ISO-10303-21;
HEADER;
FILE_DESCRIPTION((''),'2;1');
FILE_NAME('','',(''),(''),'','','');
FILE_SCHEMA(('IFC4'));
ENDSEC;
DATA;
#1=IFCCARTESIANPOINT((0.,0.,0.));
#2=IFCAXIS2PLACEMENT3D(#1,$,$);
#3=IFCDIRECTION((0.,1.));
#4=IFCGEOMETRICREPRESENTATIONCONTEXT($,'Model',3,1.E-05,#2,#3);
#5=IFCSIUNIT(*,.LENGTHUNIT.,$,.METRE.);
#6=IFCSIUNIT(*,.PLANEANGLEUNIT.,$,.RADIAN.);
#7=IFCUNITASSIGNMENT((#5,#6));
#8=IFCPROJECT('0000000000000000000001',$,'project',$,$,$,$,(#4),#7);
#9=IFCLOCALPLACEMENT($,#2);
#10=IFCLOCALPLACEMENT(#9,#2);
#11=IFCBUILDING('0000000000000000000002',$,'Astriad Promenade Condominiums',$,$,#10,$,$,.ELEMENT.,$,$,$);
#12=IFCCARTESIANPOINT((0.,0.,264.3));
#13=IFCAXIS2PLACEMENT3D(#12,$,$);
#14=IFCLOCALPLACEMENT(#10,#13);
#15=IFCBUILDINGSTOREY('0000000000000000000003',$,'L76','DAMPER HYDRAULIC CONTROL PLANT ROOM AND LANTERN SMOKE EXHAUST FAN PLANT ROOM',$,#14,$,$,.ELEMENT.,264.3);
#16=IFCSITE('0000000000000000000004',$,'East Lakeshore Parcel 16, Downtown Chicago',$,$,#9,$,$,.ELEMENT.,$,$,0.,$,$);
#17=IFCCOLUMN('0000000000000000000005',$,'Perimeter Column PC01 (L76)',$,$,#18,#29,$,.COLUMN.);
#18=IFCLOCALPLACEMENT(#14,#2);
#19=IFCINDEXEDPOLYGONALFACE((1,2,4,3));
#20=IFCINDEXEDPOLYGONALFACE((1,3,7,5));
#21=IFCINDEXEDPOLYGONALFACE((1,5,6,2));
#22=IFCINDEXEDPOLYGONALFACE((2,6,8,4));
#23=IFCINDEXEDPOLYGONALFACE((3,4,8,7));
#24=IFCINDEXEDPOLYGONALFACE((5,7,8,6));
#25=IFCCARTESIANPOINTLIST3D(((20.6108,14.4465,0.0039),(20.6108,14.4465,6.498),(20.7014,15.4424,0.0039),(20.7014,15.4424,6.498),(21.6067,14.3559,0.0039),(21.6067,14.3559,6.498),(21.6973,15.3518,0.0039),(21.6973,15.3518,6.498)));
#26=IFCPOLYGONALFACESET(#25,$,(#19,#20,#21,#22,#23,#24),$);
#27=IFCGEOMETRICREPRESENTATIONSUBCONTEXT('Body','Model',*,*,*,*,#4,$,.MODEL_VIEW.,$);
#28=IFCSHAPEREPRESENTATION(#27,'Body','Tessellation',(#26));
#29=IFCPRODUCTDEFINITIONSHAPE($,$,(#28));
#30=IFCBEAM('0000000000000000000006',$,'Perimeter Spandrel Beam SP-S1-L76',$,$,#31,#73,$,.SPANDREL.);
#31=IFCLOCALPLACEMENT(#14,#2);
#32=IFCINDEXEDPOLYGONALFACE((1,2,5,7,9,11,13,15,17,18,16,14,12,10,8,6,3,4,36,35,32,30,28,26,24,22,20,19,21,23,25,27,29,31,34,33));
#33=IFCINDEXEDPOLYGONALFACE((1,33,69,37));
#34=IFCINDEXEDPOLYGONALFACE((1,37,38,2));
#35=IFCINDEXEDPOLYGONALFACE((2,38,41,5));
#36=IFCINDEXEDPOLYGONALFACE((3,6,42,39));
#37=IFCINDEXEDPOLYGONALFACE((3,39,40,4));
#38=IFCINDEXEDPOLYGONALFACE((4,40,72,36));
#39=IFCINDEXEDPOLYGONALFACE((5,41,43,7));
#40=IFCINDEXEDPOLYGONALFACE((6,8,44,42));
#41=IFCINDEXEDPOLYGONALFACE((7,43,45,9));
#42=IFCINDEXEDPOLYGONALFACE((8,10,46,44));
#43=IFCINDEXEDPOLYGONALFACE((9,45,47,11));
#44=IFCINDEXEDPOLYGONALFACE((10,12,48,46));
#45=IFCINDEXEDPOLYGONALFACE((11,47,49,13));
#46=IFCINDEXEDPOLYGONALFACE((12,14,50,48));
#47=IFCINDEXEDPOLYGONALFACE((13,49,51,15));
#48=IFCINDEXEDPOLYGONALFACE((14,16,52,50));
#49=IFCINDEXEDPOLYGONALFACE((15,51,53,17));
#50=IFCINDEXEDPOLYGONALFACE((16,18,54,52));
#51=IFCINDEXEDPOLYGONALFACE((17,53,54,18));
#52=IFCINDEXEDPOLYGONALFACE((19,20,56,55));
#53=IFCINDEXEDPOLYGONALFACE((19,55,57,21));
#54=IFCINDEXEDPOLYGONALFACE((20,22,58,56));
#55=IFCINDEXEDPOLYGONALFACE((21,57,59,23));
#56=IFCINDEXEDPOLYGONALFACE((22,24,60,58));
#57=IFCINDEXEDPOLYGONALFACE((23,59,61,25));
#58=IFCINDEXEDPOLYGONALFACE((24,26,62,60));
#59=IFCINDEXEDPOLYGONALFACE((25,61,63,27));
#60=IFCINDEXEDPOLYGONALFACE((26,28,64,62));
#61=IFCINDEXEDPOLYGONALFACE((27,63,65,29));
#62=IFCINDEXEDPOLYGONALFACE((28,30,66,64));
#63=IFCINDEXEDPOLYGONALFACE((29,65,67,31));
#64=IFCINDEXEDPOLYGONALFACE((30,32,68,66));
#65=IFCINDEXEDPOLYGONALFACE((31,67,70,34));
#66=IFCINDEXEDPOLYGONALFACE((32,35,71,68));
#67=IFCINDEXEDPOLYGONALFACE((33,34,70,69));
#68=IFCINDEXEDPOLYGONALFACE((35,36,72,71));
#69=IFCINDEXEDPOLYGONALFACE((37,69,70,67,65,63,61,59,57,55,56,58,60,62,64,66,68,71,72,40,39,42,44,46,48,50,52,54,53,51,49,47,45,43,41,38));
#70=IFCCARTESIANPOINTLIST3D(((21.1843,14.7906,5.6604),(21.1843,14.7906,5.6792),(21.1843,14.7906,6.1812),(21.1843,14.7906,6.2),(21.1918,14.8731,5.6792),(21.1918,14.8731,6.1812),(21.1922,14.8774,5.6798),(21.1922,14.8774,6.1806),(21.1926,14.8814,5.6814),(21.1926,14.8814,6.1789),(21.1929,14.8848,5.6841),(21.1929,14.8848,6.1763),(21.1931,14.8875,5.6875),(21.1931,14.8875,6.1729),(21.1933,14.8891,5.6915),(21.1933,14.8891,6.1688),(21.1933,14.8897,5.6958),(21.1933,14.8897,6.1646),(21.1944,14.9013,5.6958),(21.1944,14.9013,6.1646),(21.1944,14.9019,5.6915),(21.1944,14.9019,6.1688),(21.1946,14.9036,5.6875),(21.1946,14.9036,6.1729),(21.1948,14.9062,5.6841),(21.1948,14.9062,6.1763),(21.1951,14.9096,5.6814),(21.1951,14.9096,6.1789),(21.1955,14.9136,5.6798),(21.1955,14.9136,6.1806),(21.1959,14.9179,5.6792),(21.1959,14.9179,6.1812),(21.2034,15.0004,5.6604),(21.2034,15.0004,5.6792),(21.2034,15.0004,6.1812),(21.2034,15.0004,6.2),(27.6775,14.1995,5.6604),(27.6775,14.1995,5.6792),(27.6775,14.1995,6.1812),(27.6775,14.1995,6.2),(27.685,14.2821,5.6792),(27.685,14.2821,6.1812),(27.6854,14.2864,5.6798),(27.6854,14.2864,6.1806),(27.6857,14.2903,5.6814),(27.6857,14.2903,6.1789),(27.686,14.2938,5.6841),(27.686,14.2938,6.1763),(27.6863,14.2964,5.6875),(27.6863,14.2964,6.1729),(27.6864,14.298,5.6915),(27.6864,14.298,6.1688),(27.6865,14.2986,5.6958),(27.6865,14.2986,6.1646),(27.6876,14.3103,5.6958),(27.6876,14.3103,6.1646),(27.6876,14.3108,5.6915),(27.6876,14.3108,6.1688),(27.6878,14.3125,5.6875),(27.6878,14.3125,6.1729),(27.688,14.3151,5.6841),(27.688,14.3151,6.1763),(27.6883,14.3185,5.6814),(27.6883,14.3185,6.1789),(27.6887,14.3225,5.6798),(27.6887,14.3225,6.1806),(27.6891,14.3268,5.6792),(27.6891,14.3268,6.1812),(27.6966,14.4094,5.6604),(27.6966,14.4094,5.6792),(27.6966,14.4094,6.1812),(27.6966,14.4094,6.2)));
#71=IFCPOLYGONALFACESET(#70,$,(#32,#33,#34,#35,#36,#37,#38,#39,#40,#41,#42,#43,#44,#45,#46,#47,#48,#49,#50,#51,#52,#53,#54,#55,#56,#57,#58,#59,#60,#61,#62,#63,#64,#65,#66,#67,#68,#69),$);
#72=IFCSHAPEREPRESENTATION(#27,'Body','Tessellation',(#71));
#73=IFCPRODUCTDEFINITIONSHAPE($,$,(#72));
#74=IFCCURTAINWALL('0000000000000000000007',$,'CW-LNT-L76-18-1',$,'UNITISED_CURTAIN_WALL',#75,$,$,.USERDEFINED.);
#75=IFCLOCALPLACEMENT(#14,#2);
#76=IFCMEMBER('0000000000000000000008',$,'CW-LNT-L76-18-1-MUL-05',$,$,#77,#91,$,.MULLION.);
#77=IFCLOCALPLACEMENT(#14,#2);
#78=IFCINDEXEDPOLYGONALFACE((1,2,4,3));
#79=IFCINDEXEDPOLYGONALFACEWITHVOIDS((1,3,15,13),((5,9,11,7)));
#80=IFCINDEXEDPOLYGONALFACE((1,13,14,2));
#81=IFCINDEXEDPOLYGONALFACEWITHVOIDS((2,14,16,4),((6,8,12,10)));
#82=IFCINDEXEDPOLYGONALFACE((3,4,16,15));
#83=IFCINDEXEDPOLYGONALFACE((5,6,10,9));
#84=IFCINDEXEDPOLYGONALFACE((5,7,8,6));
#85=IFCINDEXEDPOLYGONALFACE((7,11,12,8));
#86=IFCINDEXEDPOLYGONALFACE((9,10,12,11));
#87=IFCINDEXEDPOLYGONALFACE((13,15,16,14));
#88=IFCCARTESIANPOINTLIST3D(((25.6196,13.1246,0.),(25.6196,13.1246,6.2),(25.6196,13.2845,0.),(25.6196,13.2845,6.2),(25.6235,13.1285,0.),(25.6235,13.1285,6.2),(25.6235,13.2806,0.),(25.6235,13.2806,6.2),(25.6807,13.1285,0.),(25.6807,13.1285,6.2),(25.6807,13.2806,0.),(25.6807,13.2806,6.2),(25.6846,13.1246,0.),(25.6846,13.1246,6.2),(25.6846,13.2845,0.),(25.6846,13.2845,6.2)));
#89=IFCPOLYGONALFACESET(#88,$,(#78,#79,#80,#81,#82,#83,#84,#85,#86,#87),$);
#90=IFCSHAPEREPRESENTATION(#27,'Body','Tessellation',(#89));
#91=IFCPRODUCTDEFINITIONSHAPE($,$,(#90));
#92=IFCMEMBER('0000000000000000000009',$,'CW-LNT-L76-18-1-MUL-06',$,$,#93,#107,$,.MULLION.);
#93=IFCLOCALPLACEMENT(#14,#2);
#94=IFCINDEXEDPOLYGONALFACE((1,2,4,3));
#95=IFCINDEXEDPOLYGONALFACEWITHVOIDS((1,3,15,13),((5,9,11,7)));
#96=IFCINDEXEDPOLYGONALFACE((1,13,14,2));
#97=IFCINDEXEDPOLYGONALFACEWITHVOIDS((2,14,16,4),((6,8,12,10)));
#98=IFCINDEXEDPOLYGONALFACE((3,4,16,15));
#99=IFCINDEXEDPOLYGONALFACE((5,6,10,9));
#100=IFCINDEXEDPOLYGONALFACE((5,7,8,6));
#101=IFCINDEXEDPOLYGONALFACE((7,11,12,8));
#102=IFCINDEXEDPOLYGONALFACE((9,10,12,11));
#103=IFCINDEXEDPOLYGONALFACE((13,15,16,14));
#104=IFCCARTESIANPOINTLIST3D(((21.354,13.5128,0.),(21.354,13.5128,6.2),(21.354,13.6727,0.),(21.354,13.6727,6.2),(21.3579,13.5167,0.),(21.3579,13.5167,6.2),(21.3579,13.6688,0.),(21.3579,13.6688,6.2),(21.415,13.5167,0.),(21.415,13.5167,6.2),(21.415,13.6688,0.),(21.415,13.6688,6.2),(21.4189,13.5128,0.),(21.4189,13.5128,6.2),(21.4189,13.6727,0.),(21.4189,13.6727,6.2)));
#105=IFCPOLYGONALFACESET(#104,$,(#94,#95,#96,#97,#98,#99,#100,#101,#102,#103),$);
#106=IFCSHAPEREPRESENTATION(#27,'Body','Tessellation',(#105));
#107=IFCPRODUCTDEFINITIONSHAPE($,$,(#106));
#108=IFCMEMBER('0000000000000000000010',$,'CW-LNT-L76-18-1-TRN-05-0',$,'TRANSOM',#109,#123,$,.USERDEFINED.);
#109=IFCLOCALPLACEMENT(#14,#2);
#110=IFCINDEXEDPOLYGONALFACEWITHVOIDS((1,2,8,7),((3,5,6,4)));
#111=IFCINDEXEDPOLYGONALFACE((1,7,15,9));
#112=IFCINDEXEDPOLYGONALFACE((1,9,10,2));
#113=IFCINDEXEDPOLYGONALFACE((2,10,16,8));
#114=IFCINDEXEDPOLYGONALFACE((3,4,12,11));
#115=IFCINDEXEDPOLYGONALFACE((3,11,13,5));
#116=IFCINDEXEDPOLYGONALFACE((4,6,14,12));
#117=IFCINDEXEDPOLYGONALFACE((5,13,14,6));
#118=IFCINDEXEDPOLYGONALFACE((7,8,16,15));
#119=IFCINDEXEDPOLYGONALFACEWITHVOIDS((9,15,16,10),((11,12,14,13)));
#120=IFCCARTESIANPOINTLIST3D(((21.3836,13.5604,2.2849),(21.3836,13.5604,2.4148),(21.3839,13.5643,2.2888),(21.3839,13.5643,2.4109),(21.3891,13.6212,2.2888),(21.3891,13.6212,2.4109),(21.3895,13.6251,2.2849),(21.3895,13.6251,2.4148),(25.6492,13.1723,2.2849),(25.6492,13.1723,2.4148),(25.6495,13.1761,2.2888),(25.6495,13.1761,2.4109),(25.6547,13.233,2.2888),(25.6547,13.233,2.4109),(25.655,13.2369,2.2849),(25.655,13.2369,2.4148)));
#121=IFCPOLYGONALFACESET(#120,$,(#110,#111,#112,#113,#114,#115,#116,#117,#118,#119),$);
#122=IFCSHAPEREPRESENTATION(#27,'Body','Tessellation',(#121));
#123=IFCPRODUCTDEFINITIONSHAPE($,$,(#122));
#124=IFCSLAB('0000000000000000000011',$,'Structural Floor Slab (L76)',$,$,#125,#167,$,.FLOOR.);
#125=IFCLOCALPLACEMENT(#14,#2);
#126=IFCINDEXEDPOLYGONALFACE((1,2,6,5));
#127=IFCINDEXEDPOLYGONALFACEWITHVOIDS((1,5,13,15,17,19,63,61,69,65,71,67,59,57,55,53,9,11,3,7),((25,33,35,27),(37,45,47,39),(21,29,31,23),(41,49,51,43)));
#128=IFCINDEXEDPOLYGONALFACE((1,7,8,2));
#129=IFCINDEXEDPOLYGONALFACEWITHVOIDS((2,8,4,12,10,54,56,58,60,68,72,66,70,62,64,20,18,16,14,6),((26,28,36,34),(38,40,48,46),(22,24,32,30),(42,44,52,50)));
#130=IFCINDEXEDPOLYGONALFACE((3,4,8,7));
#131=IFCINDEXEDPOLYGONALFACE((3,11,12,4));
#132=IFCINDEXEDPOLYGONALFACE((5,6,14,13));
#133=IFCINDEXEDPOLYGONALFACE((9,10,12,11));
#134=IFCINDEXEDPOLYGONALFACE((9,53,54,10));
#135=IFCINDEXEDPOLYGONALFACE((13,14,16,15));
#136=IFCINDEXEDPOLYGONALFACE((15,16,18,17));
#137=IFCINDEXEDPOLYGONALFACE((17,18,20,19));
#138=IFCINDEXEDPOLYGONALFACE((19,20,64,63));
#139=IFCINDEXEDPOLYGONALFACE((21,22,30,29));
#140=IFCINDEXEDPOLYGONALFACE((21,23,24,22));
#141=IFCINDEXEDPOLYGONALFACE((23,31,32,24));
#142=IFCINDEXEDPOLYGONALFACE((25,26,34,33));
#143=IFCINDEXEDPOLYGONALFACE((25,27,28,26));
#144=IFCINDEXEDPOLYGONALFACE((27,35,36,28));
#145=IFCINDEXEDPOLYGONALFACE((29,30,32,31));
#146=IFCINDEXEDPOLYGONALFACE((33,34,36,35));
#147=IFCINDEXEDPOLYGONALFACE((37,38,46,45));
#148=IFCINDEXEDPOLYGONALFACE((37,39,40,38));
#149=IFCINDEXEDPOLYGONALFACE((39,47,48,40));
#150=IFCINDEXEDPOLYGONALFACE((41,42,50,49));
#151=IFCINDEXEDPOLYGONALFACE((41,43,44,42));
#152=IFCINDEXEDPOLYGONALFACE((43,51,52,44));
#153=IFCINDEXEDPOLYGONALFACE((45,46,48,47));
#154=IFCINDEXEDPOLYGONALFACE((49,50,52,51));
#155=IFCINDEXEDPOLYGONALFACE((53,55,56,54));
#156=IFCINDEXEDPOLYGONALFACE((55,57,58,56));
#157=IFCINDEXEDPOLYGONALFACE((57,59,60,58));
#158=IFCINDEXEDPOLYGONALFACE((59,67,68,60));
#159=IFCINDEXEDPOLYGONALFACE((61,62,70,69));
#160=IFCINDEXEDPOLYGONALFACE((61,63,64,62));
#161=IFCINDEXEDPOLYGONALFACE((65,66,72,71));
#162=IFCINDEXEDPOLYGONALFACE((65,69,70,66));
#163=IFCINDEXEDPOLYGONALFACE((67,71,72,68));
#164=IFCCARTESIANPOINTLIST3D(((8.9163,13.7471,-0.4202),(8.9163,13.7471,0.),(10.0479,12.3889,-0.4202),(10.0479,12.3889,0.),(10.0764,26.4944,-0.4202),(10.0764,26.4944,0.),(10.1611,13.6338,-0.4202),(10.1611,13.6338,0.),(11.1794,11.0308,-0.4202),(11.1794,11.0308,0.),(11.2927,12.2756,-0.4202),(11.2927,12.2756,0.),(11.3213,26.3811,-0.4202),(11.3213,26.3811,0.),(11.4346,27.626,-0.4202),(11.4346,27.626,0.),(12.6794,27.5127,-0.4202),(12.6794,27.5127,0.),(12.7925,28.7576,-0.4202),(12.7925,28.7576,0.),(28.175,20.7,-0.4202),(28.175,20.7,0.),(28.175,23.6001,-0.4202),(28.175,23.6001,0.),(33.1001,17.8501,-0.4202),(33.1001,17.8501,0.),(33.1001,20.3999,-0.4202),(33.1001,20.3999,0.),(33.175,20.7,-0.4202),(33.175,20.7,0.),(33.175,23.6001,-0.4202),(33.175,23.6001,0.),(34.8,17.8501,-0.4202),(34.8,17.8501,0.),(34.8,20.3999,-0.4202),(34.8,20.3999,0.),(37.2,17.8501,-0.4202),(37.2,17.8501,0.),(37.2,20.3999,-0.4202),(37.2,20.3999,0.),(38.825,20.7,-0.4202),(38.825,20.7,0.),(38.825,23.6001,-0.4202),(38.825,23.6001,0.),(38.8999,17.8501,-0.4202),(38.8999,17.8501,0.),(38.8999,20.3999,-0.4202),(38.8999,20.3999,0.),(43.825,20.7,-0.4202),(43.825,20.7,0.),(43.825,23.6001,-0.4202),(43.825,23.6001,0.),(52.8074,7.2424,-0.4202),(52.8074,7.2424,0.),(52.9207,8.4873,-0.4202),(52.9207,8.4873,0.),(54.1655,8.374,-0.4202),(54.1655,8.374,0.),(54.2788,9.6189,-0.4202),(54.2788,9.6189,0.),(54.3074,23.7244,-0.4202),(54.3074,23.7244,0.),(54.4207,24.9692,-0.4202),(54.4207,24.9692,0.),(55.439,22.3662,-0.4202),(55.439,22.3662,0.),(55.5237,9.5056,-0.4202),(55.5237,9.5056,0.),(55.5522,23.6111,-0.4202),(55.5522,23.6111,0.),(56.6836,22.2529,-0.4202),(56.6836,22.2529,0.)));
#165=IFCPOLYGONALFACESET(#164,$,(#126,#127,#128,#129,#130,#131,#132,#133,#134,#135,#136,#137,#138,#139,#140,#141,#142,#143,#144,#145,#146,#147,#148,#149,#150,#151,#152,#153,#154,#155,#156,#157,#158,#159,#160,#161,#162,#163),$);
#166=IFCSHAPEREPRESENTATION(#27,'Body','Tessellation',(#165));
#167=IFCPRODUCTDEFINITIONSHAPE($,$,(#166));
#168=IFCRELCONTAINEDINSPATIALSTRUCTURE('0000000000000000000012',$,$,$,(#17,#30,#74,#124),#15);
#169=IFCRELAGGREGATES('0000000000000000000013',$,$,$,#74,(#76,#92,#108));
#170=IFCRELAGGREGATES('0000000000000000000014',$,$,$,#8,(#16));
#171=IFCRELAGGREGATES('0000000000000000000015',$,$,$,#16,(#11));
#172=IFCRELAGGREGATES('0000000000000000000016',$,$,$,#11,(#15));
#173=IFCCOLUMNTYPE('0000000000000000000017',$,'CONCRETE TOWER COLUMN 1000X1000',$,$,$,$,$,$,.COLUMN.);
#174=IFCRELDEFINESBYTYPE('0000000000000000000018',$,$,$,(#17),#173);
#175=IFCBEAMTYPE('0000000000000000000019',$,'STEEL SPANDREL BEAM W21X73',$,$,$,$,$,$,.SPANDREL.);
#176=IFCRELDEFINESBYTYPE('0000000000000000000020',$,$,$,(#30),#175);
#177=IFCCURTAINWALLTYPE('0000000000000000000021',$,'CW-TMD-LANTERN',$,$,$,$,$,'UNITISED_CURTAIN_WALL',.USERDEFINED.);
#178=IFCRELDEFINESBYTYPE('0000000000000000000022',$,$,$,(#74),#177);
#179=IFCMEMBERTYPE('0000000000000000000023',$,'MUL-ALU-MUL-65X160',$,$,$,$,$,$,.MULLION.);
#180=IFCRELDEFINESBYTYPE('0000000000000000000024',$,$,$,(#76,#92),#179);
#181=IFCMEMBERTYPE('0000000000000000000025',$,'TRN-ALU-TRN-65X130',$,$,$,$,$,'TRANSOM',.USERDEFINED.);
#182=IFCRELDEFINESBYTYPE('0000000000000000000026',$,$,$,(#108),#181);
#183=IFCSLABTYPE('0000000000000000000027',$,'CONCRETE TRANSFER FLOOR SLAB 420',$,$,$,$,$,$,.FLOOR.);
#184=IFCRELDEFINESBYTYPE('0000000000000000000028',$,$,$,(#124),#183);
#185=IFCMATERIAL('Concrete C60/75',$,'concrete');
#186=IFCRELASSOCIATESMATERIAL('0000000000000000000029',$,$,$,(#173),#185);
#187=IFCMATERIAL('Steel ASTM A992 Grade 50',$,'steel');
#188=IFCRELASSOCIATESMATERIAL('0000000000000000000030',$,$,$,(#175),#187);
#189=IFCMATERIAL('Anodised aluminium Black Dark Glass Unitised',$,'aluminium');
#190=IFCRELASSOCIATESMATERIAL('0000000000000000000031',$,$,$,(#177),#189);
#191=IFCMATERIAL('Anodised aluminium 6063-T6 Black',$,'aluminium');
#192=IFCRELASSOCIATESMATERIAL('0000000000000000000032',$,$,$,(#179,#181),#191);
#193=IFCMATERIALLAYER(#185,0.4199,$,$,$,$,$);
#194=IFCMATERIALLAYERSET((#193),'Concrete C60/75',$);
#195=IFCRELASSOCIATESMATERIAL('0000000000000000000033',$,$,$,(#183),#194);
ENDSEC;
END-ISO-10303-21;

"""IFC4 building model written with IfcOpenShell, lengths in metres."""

from ifc_helpers import new_model, si_unit, direction, frame, origin, origin_2d, place, context, subcontext, project, spatial, polyline, rectangle, hollow_rectangle, i_section, outline, extrude, source, transform, mapped, material, layer, layer_set, material_profile, profile_set, type_object, type_shapes, element, aggregate, save


model = new_model("IFC4")

# Units and contexts
model_context = context("Model", 3, precision=1e-05, world=origin(), true_north=direction((0.0, 1.0)))
body_context = subcontext(model_context, "Body", "Model", "MODEL_VIEW")
ifc_project = project(units=[si_unit("LENGTHUNIT", "METRE"), si_unit("PLANEANGLEUNIT", "RADIAN")], contexts=[model_context])

# Site, building, storey
site_placement = place(None, origin())
site = spatial("IfcSite", under=ifc_project, at=site_placement, Name="East Lakeshore Parcel 16, Downtown Chicago", CompositionType="ELEMENT", RefElevation=0.0)
building_placement = place(site_placement, origin())
building = spatial("IfcBuilding", under=site, at=building_placement, Name="Astriad Promenade Condominiums", CompositionType="ELEMENT")
storey_placement = place(building_placement, frame((0.0, 0.0, 264.3)))
storey = spatial("IfcBuildingStorey", under=building, at=storey_placement, Name="L76", Description="DAMPER HYDRAULIC CONTROL PLANT ROOM AND LANTERN SMOKE EXHAUST FAN PLANT ROOM", CompositionType="ELEMENT", Elevation=264.3)

# Column
ifc_material_1 = material(Name="Concrete C60/75", Category="concrete")
ifc_material_profile_1 = material_profile(ifc_material_1, rectangle(XDim=1.0, YDim=1.0, at=origin_2d()), Name="RC-COL-1000X1000")
ifc_profile_set_1 = profile_set([ifc_material_profile_1], Name="Concrete C60/75")
column_type = type_object("IfcColumnType", Name="CONCRETE TOWER COLUMN 1000X1000", PredefinedType="COLUMN", material=ifc_profile_set_1)
shared_shape_1 = source(origin(), body_context, "Body", "SweptSolid", [
    extrude(rectangle(XDim=1.0, YDim=1.0, at=origin_2d()), origin(), (0.0, 0.0, 1.0), 6.4941),
])
type_shapes(column_type, [shared_shape_1])
column_placement = place(storey_placement, frame((21.1541, 14.8992, 0.0039), z_axis=(0.0, 0.0, 1.0), x_axis=(0.995884, -0.090633, 0.0)))
element("IfcColumn", 1, at=column_placement, inside=storey, type_object=column_type, Name="Perimeter Column PC01 (L76)", PredefinedType="COLUMN", context=body_context, shape_type="MappedRepresentation", body=[
    mapped(shared_shape_1, transform((0.0, 0.0, 0.0), scale=1.0)),
])

# Beam
ifc_material_2 = material(Name="Steel ASTM A992 Grade 50", Category="steel")
ifc_material_profile_2 = material_profile(ifc_material_2, i_section(OverallWidth=0.2107, OverallDepth=0.5396, WebThickness=0.0117, FlangeThickness=0.0188, FilletRadius=0.0166, at=origin_2d()), Name="W21X73")
ifc_profile_set_2 = profile_set([ifc_material_profile_2], Name="Steel ASTM A992 Grade 50")
beam_type = type_object("IfcBeamType", Name="STEEL SPANDREL BEAM W21X73", PredefinedType="SPANDREL", material=ifc_profile_set_2)
shared_shape_2 = source(origin(), body_context, "Body", "SweptSolid", [
    extrude(i_section(OverallWidth=0.2107, OverallDepth=0.5396, WebThickness=0.0117, FlangeThickness=0.0188, FilletRadius=0.0166, at=origin_2d()), origin(), (0.0, 0.0, 1.0), 6.52),
])
type_shapes(beam_type, [shared_shape_2])
beam_placement = place(storey_placement, frame((21.1938, 14.8955, 5.9302), z_axis=(0.995882, -0.090654, 0.0), x_axis=(0.090654, 0.995882, 0.0)))
element("IfcBeam", 2, at=beam_placement, inside=storey, type_object=beam_type, Name="Perimeter Spandrel Beam SP-S1-L76", PredefinedType="SPANDREL", context=body_context, shape_type="MappedRepresentation", body=[
    mapped(shared_shape_2, transform((0.0, 0.0, 0.0), scale=1.0)),
])

# Curtain wall, members
ifc_material_3 = material(Name="Anodised aluminium Black Dark Glass Unitised", Category="aluminium")
curtain_wall_type = type_object("IfcCurtainWallType", Name="CW-TMD-LANTERN", ElementType="UNITISED_CURTAIN_WALL", PredefinedType="USERDEFINED", material=ifc_material_3)
curtain_wall_placement = place(storey_placement, origin())
curtain_wall = element("IfcCurtainWall", 3, at=curtain_wall_placement, inside=storey, type_object=curtain_wall_type, Name="CW-LNT-L76-18-1", ObjectType="UNITISED_CURTAIN_WALL", PredefinedType="USERDEFINED")
ifc_material_4 = material(Name="Anodised aluminium 6063-T6 Black", Category="aluminium")
ifc_material_profile_3 = material_profile(ifc_material_4, hollow_rectangle(XDim=0.0649, YDim=0.1599, WallThickness=0.0039, at=origin_2d()), Name="ALU-MUL-65X160")
ifc_profile_set_3 = profile_set([ifc_material_profile_3], Name="Anodised aluminium 6063-T6 Black")
member_type_1 = type_object("IfcMemberType", Name="MUL-ALU-MUL-65X160", PredefinedType="MULLION", material=ifc_profile_set_3)
shared_shape_3 = source(origin(), body_context, "Body", "SweptSolid", [
    extrude(hollow_rectangle(XDim=0.0649, YDim=0.1599, WallThickness=0.0039, at=origin_2d()), origin(), (0.0, 0.0, 1.0), 6.2),
])
type_shapes(member_type_1, [shared_shape_3])
member_1_placement = place(storey_placement, frame((25.6521, 13.2046, 0.0), z_axis=(0.0, 0.0, 1.0), x_axis=(1.0, 0.0, 0.0)))
member_1 = element("IfcMember", 4, at=member_1_placement, type_object=member_type_1, Name="CW-LNT-L76-18-1-MUL-05", PredefinedType="MULLION", context=body_context, shape_type="MappedRepresentation", body=[
    mapped(shared_shape_3, transform((0.0, 0.0, 0.0), scale=1.0)),
])
member_2_placement = place(storey_placement, frame((21.3865, 13.5928, 0.0), z_axis=(0.0, 0.0, 1.0), x_axis=(1.0, 0.0, 0.0)))
member_2 = element("IfcMember", 5, at=member_2_placement, type_object=member_type_1, Name="CW-LNT-L76-18-1-MUL-06", PredefinedType="MULLION", context=body_context, shape_type="MappedRepresentation", body=[
    mapped(shared_shape_3, transform((0.0, 0.0, 0.0), scale=1.0)),
])
ifc_material_profile_4 = material_profile(ifc_material_4, hollow_rectangle(XDim=0.0649, YDim=0.1299, WallThickness=0.0039, at=origin_2d()), Name="ALU-TRN-65X130")
ifc_profile_set_4 = profile_set([ifc_material_profile_4], Name="Anodised aluminium 6063-T6 Black")
member_type_2 = type_object("IfcMemberType", Name="TRN-ALU-TRN-65X130", ElementType="TRANSOM", PredefinedType="USERDEFINED", material=ifc_profile_set_4)
shared_shape_4 = source(origin(), body_context, "Body", "SweptSolid", [
    extrude(hollow_rectangle(XDim=0.0649, YDim=0.1299, WallThickness=0.0039, at=origin_2d()), origin(), (0.0, 0.0, 1.0), 4.2832),
])
type_shapes(member_type_2, [shared_shape_4])
member_3_placement = place(storey_placement, frame((25.6521, 13.2046, 2.3499), z_axis=(-0.995885, 0.090628, 0.0), x_axis=(-0.090628, -0.995885, 0.0)))
member_3 = element("IfcMember", 6, at=member_3_placement, type_object=member_type_2, Name="CW-LNT-L76-18-1-TRN-05-0", ObjectType="TRANSOM", PredefinedType="USERDEFINED", context=body_context, shape_type="MappedRepresentation", body=[
    mapped(shared_shape_4, transform((0.0, 0.0, 0.0), scale=1.0)),
])

# Slab
ifc_layer_1 = layer(ifc_material_1, 0.4199)
ifc_layer_set_1 = layer_set([ifc_layer_1], Name="Concrete C60/75")
slab_type_1 = type_object("IfcSlabType", Name="CONCRETE TRANSFER FLOOR SLAB 420", PredefinedType="FLOOR", material=ifc_layer_set_1)
slab_1_placement = place(storey_placement, frame((0.0, 0.0, -0.4202)))
element("IfcSlab", 7, at=slab_1_placement, inside=storey, type_object=slab_type_1, Name="Structural Floor Slab (L76)", PredefinedType="FLOOR", context=body_context, shape_type="SweptSolid", body=[
    extrude(outline(polyline([(11.1794, 11.0308), (52.8074, 7.2424), (52.9207, 8.4873), (54.1655, 8.374), (54.2788, 9.6189), (55.5237, 9.5056), (56.6836, 22.2529), (55.439, 22.3662), (55.5522, 23.6111), (54.3074, 23.7244), (54.4207, 24.9692), (12.7925, 28.7576), (12.6794, 27.5127), (11.4346, 27.626), (11.3213, 26.3811), (10.0764, 26.4944), (8.9163, 13.7471), (10.1611, 13.6338), (10.0479, 12.3889), (11.2927, 12.2756), (11.1794, 11.0308)]), holes=[polyline([(28.175, 20.7), (33.175, 20.7), (33.175, 23.6001), (28.175, 23.6001), (28.175, 20.7)]), polyline([(38.825, 20.7), (43.825, 20.7), (43.825, 23.6001), (38.825, 23.6001), (38.825, 20.7)]), polyline([(33.1001, 17.8501), (34.8, 17.8501), (34.8, 20.3999), (33.1001, 20.3999), (33.1001, 17.8501)]), polyline([(37.2, 17.8501), (38.8999, 17.8501), (38.8999, 20.3999), (37.2, 20.3999), (37.2, 17.8501)])]), origin(), (0.0, 0.0, 1.0), 0.4202),
])

aggregate(curtain_wall, [member_1, member_2, member_3])

save(model, "model.ifc")
